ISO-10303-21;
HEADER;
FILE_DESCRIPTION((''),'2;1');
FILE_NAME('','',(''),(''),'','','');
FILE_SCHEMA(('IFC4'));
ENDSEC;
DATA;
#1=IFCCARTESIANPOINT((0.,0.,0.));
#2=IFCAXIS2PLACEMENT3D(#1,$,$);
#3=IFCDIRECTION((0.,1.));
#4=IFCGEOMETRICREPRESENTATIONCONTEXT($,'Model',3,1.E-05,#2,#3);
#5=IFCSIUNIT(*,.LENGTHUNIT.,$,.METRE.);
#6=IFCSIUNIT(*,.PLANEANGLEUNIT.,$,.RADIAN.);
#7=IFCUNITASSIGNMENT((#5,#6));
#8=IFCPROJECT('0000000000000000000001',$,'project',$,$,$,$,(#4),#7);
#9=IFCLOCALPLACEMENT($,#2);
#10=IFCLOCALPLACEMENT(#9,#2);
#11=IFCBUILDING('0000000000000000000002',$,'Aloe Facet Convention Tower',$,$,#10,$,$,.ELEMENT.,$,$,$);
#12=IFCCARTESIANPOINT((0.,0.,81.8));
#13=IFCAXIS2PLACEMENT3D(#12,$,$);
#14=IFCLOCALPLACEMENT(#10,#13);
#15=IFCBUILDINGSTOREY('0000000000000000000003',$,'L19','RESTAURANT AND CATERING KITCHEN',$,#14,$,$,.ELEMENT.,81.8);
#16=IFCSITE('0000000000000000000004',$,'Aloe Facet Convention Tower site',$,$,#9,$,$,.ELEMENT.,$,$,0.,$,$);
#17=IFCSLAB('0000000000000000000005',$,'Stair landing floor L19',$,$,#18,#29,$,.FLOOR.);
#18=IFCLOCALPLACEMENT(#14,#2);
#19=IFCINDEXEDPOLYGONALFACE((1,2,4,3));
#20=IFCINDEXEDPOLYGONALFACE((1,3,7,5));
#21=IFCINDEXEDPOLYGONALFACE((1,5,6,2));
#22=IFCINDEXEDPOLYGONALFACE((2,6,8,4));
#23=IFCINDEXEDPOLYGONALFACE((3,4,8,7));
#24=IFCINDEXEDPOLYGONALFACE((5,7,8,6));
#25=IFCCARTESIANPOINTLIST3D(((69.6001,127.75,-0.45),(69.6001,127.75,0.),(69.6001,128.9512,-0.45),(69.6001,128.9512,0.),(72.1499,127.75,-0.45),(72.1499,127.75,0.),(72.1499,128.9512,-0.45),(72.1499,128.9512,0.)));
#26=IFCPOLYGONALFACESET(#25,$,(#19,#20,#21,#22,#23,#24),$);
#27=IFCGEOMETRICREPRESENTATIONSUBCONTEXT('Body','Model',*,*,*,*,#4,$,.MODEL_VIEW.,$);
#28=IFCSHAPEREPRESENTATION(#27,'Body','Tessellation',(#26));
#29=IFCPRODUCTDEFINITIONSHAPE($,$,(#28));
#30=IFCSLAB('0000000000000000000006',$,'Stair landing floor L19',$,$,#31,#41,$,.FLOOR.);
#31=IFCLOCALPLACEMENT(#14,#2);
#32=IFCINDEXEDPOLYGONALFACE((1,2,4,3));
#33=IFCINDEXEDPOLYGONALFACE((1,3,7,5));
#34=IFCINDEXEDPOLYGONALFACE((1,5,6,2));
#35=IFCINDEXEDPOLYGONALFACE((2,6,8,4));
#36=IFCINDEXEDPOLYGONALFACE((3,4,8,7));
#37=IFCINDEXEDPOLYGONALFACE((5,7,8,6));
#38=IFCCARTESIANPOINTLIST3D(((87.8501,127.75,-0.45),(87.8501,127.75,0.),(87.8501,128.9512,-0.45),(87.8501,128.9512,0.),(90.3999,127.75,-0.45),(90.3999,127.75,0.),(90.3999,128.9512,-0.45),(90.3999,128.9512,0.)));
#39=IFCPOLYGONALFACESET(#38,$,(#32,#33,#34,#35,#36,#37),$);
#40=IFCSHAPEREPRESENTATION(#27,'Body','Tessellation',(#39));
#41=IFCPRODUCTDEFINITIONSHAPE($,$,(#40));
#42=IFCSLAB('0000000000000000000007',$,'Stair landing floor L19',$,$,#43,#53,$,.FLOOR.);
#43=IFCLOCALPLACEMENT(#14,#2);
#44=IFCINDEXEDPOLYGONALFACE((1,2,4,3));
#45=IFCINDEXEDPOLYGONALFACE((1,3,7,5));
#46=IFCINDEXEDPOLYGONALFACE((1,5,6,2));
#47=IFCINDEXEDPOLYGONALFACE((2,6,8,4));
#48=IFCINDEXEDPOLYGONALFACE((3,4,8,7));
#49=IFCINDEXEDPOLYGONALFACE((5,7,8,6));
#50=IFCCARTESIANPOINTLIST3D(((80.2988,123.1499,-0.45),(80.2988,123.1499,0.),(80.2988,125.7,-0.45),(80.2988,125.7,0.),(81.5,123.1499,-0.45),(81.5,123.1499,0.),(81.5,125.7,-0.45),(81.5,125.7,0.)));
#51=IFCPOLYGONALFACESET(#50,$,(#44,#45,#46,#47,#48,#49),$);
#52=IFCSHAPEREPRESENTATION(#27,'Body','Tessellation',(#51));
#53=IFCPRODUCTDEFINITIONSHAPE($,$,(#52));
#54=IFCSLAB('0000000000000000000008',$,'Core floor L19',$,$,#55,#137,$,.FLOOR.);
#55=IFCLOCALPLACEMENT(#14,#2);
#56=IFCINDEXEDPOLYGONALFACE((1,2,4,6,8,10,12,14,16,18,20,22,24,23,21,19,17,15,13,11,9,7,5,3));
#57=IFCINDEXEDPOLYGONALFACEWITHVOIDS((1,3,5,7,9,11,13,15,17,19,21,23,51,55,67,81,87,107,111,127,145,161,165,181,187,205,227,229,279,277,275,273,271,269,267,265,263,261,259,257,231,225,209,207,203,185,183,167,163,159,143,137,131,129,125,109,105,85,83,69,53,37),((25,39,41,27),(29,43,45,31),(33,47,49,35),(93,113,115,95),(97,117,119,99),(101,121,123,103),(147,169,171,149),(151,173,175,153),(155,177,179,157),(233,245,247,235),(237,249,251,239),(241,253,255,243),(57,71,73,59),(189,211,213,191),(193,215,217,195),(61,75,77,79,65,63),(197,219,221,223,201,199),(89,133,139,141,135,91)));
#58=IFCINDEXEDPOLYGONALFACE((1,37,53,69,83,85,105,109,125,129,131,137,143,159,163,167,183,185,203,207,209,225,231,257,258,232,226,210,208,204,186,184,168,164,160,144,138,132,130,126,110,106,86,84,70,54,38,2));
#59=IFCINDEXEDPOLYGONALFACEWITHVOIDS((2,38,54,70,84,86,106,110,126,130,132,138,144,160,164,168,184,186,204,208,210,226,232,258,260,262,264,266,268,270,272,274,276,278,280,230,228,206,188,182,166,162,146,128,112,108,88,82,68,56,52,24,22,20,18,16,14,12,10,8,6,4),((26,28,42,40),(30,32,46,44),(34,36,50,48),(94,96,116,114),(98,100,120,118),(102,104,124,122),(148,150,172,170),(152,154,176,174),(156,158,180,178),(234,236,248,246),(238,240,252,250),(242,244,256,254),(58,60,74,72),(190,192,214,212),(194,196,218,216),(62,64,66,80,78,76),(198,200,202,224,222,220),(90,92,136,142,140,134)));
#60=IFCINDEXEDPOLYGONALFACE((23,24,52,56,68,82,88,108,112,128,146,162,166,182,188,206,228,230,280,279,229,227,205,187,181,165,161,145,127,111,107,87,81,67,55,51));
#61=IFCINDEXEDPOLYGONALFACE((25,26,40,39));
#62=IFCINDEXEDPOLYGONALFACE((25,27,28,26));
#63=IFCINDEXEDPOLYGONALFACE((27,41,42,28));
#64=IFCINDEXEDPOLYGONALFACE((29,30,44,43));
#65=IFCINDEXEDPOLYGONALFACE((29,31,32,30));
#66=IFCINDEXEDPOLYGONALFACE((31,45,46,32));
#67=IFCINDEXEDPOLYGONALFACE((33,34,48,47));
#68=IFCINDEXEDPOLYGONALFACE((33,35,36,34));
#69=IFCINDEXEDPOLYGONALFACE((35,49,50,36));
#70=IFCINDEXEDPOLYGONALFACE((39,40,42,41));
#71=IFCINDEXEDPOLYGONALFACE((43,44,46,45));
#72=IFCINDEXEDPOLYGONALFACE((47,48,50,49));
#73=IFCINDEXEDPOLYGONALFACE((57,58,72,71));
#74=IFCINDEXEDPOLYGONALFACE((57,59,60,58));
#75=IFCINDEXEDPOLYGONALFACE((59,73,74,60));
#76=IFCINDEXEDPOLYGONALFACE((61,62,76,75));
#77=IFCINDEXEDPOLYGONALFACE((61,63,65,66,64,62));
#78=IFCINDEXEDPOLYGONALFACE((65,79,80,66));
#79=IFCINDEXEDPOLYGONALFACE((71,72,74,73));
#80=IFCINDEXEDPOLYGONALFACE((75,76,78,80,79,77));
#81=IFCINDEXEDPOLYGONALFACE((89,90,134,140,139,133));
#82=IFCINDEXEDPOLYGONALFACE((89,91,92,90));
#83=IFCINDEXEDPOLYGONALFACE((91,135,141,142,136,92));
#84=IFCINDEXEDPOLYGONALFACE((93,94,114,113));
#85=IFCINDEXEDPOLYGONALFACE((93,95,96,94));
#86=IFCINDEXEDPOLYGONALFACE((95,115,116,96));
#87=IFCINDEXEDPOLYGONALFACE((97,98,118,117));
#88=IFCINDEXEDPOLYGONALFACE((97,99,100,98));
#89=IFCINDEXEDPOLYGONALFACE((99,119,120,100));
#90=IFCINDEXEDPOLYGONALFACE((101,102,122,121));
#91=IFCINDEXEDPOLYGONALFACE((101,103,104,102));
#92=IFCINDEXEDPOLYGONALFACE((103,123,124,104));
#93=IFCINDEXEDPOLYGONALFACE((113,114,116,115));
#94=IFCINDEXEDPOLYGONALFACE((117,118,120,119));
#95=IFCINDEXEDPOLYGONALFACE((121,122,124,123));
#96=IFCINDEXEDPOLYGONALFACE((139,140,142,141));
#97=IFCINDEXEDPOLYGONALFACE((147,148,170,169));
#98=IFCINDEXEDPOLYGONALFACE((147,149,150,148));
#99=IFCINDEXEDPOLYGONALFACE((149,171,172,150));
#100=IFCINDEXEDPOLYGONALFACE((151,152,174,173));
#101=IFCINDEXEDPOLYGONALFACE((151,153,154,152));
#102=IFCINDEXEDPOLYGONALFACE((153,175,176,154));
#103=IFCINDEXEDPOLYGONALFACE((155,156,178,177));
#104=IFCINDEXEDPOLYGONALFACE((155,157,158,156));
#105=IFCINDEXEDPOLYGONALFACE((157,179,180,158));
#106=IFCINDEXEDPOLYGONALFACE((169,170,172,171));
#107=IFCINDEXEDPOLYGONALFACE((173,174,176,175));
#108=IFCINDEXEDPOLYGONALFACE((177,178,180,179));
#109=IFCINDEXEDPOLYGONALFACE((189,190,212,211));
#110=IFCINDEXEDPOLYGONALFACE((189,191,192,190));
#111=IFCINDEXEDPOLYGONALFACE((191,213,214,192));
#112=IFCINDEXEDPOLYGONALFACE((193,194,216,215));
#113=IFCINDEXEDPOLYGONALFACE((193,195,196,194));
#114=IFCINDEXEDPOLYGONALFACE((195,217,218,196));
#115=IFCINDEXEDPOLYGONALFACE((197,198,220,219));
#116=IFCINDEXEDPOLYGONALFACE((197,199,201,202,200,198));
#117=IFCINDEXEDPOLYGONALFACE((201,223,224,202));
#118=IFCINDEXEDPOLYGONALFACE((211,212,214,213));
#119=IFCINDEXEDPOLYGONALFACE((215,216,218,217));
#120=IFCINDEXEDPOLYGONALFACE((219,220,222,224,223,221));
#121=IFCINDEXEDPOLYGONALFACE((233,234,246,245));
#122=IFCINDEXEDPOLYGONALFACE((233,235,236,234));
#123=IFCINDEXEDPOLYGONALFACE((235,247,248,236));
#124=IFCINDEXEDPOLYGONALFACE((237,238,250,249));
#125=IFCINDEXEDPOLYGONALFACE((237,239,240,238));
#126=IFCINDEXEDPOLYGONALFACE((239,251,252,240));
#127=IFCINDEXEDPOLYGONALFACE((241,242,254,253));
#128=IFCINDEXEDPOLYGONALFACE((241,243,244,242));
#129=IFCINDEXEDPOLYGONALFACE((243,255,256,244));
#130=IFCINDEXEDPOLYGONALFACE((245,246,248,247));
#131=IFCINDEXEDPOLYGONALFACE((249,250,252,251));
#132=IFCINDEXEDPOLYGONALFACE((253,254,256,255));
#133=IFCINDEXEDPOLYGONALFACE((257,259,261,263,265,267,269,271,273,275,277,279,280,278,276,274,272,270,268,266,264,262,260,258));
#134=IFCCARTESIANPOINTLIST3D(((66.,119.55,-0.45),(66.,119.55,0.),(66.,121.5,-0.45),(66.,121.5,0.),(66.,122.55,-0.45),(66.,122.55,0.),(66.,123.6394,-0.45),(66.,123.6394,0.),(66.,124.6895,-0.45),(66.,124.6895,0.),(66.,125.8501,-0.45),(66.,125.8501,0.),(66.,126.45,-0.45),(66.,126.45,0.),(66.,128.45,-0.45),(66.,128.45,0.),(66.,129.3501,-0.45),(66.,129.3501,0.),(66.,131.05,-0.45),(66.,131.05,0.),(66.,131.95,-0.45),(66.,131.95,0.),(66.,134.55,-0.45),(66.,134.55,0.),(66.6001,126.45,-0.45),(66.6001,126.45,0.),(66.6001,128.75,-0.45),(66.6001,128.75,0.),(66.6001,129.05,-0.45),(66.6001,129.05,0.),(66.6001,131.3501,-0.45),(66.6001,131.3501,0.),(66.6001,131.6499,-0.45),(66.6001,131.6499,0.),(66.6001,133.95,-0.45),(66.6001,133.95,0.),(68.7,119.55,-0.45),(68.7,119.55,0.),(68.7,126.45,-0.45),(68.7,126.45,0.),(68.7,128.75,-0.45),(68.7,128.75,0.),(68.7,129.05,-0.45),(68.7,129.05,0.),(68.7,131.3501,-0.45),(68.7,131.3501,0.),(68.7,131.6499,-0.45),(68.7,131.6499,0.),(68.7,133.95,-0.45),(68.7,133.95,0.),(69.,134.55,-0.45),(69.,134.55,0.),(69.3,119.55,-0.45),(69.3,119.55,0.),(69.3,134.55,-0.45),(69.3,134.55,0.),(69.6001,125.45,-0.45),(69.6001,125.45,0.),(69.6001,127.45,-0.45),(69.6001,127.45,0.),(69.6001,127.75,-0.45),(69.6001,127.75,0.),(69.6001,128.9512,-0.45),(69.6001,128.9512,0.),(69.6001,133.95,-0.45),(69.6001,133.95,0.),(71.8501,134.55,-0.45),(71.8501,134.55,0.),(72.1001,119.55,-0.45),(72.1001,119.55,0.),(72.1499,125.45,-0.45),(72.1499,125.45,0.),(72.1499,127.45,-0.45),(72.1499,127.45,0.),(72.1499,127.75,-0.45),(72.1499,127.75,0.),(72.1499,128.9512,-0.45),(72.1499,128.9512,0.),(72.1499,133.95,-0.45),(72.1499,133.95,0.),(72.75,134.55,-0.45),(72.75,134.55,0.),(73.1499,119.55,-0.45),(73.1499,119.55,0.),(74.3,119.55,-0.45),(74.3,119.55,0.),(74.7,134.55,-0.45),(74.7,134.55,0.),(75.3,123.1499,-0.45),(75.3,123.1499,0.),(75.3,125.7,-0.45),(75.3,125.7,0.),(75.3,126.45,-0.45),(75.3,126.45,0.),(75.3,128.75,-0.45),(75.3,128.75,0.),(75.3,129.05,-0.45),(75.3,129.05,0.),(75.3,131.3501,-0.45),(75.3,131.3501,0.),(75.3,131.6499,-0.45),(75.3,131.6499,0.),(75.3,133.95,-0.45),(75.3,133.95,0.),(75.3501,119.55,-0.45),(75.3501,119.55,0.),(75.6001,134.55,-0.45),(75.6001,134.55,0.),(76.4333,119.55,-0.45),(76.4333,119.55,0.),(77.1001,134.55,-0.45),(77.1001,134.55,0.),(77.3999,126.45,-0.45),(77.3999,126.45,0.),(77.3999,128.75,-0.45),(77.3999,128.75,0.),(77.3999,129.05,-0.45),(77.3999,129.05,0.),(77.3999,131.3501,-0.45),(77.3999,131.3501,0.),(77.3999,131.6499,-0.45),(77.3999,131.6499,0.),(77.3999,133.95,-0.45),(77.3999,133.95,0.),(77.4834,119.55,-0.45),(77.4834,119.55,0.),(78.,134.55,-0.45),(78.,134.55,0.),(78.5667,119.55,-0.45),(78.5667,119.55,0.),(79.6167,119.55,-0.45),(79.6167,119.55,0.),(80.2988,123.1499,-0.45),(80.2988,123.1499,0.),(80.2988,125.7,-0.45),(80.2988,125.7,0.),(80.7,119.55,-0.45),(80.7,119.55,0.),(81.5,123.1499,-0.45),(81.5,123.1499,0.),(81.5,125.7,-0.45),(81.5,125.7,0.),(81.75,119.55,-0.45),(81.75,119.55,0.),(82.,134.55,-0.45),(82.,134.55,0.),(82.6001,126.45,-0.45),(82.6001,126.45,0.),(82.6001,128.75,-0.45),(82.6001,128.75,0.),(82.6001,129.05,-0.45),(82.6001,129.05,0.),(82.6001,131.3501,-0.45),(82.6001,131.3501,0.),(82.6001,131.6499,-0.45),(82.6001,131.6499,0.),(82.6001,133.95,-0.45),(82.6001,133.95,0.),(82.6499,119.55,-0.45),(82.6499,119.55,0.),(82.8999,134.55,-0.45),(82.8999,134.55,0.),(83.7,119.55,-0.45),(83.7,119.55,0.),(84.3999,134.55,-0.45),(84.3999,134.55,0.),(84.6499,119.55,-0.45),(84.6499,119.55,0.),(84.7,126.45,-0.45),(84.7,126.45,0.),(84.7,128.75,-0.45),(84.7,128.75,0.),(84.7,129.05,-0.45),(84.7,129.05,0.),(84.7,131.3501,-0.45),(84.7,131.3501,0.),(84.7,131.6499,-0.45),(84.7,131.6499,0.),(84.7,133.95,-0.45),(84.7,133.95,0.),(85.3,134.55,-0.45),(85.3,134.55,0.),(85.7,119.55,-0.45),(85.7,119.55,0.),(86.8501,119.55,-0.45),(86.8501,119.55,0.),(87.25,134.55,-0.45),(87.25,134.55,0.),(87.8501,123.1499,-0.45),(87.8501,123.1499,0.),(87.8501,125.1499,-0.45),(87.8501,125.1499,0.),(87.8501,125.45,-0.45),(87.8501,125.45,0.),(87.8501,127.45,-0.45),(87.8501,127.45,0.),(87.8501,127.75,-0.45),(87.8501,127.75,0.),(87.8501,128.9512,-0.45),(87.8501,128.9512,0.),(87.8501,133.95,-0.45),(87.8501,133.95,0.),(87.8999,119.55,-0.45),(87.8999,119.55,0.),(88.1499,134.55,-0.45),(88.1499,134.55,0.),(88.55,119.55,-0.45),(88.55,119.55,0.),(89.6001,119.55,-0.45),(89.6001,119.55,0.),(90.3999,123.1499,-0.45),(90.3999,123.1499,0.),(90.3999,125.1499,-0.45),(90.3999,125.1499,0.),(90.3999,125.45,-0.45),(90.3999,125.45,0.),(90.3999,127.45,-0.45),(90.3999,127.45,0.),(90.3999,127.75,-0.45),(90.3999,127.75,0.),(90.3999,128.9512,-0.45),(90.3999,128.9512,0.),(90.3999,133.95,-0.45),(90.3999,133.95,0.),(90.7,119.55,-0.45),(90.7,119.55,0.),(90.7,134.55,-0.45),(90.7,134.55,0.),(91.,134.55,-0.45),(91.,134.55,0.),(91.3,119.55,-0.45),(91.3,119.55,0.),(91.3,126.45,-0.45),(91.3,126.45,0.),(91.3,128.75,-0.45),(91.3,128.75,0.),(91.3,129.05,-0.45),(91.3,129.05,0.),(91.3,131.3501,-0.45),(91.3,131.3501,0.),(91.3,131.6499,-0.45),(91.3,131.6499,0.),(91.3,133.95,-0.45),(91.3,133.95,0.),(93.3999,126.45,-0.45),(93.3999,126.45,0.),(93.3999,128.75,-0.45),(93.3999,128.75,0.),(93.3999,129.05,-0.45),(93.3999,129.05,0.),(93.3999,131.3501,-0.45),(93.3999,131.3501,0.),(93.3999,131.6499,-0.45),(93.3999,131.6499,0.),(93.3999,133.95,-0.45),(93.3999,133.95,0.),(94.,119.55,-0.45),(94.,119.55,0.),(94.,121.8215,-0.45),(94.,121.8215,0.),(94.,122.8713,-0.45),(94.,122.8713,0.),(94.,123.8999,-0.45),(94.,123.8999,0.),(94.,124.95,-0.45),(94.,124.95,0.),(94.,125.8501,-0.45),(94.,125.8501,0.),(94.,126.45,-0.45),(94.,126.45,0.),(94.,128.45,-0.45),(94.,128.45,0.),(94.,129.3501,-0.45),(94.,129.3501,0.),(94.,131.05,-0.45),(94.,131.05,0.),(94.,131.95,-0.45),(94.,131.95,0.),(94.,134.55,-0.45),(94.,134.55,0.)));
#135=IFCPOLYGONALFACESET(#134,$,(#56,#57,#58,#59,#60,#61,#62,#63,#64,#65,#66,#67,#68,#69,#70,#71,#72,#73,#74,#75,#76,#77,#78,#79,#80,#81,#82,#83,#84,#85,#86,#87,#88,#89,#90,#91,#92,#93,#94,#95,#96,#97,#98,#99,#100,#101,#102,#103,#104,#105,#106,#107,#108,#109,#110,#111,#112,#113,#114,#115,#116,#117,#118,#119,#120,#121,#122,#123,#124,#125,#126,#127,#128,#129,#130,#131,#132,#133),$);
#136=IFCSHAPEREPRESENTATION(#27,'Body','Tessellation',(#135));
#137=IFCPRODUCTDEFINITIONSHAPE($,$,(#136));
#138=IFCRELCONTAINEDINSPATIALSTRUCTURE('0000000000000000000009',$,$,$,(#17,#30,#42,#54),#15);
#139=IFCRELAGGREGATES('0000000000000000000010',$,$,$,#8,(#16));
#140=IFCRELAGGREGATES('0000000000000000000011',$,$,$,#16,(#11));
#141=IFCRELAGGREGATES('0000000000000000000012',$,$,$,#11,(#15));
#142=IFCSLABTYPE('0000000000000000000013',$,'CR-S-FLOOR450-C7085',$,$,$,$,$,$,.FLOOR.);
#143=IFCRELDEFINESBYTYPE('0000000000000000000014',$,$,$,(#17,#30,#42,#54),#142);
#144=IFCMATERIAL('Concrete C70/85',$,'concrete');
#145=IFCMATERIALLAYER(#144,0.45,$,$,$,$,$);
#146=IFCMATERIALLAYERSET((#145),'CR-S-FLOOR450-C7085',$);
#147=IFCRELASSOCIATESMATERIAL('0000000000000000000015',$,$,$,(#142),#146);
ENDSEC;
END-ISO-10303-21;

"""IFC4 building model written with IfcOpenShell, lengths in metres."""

from ifc_helpers import new_model, si_unit, direction, frame, origin, place, context, subcontext, project, spatial, polyline, outline, extrude, material, layer, layer_set, type_object, element, save


model = new_model("IFC4")

# Units and contexts
model_context = context("Model", 3, precision=1e-05, world=origin(), true_north=direction((0.0, 1.0)))
body_context = subcontext(model_context, "Body", "Model", "MODEL_VIEW")
ifc_project = project(units=[si_unit("LENGTHUNIT", "METRE"), si_unit("PLANEANGLEUNIT", "RADIAN")], contexts=[model_context])

# Site, building, storey
site_placement = place(None, origin())
site = spatial("IfcSite", under=ifc_project, at=site_placement, Name="Aloe Facet Convention Tower site", CompositionType="ELEMENT", RefElevation=0.0)
building_placement = place(site_placement, origin())
building = spatial("IfcBuilding", under=site, at=building_placement, Name="Aloe Facet Convention Tower", CompositionType="ELEMENT")
storey_placement = place(building_placement, frame((0.0, 0.0, 81.8)))
storey = spatial("IfcBuildingStorey", under=building, at=storey_placement, Name="L19", Description="RESTAURANT AND CATERING KITCHEN", CompositionType="ELEMENT", Elevation=81.8)

# Slabs
ifc_material_1 = material(Name="Concrete C70/85", Category="concrete")
ifc_layer_1 = layer(ifc_material_1, 0.45)
ifc_layer_set_1 = layer_set([ifc_layer_1], Name="CR-S-FLOOR450-C7085")
slab_type_1 = type_object("IfcSlabType", Name="CR-S-FLOOR450-C7085", PredefinedType="FLOOR", material=ifc_layer_set_1)
slab_1_placement = place(storey_placement, frame((0.0, 0.0, -0.45)))
element("IfcSlab", 1, at=slab_1_placement, inside=storey, type_object=slab_type_1, Name="Stair landing floor L19", PredefinedType="FLOOR", context=body_context, shape_type="SweptSolid", body=[
    extrude(outline(polyline([(72.1499, 127.75), (72.1499, 128.9512), (69.6001, 128.9512), (69.6001, 127.75), (72.1499, 127.75)])), origin(), (0.0, 0.0, 1.0), 0.45),
])
slab_2_placement = place(storey_placement, frame((0.0, 0.0, -0.45)))
element("IfcSlab", 2, at=slab_2_placement, inside=storey, type_object=slab_type_1, Name="Stair landing floor L19", PredefinedType="FLOOR", context=body_context, shape_type="SweptSolid", body=[
    extrude(outline(polyline([(90.3999, 127.75), (90.3999, 128.9512), (87.8501, 128.9512), (87.8501, 127.75), (90.3999, 127.75)])), origin(), (0.0, 0.0, 1.0), 0.45),
])
slab_3_placement = place(storey_placement, frame((0.0, 0.0, -0.45)))
element("IfcSlab", 3, at=slab_3_placement, inside=storey, type_object=slab_type_1, Name="Stair landing floor L19", PredefinedType="FLOOR", context=body_context, shape_type="SweptSolid", body=[
    extrude(outline(polyline([(81.5, 125.7), (80.2988, 125.7), (80.2988, 123.1499), (81.5, 123.1499), (81.5, 125.7)])), origin(), (0.0, 0.0, 1.0), 0.45),
])
slab_4_placement = place(storey_placement, frame((0.0, 0.0, -0.45)))
element("IfcSlab", 4, at=slab_4_placement, inside=storey, type_object=slab_type_1, Name="Core floor L19", PredefinedType="FLOOR", context=body_context, shape_type="SweptSolid", body=[
    extrude(outline(polyline([(69.3, 134.55), (71.8501, 134.55), (72.75, 134.55), (74.7, 134.55), (75.6001, 134.55), (77.1001, 134.55), (78.0, 134.55), (82.0, 134.55), (82.8999, 134.55), (84.3999, 134.55), (85.3, 134.55), (87.25, 134.55), (88.1499, 134.55), (90.7, 134.55), (91.0, 134.55), (94.0, 134.55), (94.0, 131.95), (94.0, 131.05), (94.0, 129.3501), (94.0, 128.45), (94.0, 126.45), (94.0, 125.8501), (94.0, 124.95), (94.0, 123.8999), (94.0, 122.8713), (94.0, 121.8215), (94.0, 119.55), (91.3, 119.55), (90.7, 119.55), (89.6001, 119.55), (88.55, 119.55), (87.8999, 119.55), (86.8501, 119.55), (85.7, 119.55), (84.6499, 119.55), (83.7, 119.55), (82.6499, 119.55), (81.75, 119.55), (80.7, 119.55), (79.6167, 119.55), (78.5667, 119.55), (77.4834, 119.55), (76.4333, 119.55), (75.3501, 119.55), (74.3, 119.55), (73.1499, 119.55), (72.1001, 119.55), (69.3, 119.55), (68.7, 119.55), (66.0, 119.55), (66.0, 121.5), (66.0, 122.55), (66.0, 123.6394), (66.0, 124.6895), (66.0, 125.8501), (66.0, 126.45), (66.0, 128.45), (66.0, 129.3501), (66.0, 131.05), (66.0, 131.95), (66.0, 134.55), (69.0, 134.55), (69.3, 134.55)]), holes=[polyline([(75.3, 123.1499), (80.2988, 123.1499), (81.5, 123.1499), (81.5, 125.7), (80.2988, 125.7), (75.3, 125.7), (75.3, 123.1499)]), polyline([(69.6001, 125.45), (72.1499, 125.45), (72.1499, 127.45), (69.6001, 127.45), (69.6001, 125.45)]), polyline([(66.6001, 126.45), (68.7, 126.45), (68.7, 128.75), (66.6001, 128.75), (66.6001, 126.45)]), polyline([(75.3, 126.45), (77.3999, 126.45), (77.3999, 128.75), (75.3, 128.75), (75.3, 126.45)]), polyline([(66.6001, 129.05), (68.7, 129.05), (68.7, 131.3501), (66.6001, 131.3501), (66.6001, 129.05)]), polyline([(75.3, 129.05), (77.3999, 129.05), (77.3999, 131.3501), (75.3, 131.3501), (75.3, 129.05)]), polyline([(69.6001, 133.95), (69.6001, 128.9512), (69.6001, 127.75), (72.1499, 127.75), (72.1499, 128.9512), (72.1499, 133.95), (69.6001, 133.95)]), polyline([(66.6001, 133.95), (66.6001, 131.6499), (68.7, 131.6499), (68.7, 133.95), (66.6001, 133.95)]), polyline([(75.3, 133.95), (75.3, 131.6499), (77.3999, 131.6499), (77.3999, 133.95), (75.3, 133.95)]), polyline([(87.8501, 123.1499), (90.3999, 123.1499), (90.3999, 125.1499), (87.8501, 125.1499), (87.8501, 123.1499)]), polyline([(87.8501, 125.45), (90.3999, 125.45), (90.3999, 127.45), (87.8501, 127.45), (87.8501, 125.45)]), polyline([(82.6001, 126.45), (84.7, 126.45), (84.7, 128.75), (82.6001, 128.75), (82.6001, 126.45)]), polyline([(91.3, 126.45), (93.3999, 126.45), (93.3999, 128.75), (91.3, 128.75), (91.3, 126.45)]), polyline([(82.6001, 129.05), (84.7, 129.05), (84.7, 131.3501), (82.6001, 131.3501), (82.6001, 129.05)]), polyline([(91.3, 129.05), (93.3999, 129.05), (93.3999, 131.3501), (91.3, 131.3501), (91.3, 129.05)]), polyline([(87.8501, 133.95), (87.8501, 128.9512), (87.8501, 127.75), (90.3999, 127.75), (90.3999, 128.9512), (90.3999, 133.95), (87.8501, 133.95)]), polyline([(82.6001, 133.95), (82.6001, 131.6499), (84.7, 131.6499), (84.7, 133.95), (82.6001, 133.95)]), polyline([(91.3, 133.95), (91.3, 131.6499), (93.3999, 131.6499), (93.3999, 133.95), (91.3, 133.95)])]), origin(), (0.0, 0.0, 1.0), 0.45),
])

save(model, "model.ifc")
